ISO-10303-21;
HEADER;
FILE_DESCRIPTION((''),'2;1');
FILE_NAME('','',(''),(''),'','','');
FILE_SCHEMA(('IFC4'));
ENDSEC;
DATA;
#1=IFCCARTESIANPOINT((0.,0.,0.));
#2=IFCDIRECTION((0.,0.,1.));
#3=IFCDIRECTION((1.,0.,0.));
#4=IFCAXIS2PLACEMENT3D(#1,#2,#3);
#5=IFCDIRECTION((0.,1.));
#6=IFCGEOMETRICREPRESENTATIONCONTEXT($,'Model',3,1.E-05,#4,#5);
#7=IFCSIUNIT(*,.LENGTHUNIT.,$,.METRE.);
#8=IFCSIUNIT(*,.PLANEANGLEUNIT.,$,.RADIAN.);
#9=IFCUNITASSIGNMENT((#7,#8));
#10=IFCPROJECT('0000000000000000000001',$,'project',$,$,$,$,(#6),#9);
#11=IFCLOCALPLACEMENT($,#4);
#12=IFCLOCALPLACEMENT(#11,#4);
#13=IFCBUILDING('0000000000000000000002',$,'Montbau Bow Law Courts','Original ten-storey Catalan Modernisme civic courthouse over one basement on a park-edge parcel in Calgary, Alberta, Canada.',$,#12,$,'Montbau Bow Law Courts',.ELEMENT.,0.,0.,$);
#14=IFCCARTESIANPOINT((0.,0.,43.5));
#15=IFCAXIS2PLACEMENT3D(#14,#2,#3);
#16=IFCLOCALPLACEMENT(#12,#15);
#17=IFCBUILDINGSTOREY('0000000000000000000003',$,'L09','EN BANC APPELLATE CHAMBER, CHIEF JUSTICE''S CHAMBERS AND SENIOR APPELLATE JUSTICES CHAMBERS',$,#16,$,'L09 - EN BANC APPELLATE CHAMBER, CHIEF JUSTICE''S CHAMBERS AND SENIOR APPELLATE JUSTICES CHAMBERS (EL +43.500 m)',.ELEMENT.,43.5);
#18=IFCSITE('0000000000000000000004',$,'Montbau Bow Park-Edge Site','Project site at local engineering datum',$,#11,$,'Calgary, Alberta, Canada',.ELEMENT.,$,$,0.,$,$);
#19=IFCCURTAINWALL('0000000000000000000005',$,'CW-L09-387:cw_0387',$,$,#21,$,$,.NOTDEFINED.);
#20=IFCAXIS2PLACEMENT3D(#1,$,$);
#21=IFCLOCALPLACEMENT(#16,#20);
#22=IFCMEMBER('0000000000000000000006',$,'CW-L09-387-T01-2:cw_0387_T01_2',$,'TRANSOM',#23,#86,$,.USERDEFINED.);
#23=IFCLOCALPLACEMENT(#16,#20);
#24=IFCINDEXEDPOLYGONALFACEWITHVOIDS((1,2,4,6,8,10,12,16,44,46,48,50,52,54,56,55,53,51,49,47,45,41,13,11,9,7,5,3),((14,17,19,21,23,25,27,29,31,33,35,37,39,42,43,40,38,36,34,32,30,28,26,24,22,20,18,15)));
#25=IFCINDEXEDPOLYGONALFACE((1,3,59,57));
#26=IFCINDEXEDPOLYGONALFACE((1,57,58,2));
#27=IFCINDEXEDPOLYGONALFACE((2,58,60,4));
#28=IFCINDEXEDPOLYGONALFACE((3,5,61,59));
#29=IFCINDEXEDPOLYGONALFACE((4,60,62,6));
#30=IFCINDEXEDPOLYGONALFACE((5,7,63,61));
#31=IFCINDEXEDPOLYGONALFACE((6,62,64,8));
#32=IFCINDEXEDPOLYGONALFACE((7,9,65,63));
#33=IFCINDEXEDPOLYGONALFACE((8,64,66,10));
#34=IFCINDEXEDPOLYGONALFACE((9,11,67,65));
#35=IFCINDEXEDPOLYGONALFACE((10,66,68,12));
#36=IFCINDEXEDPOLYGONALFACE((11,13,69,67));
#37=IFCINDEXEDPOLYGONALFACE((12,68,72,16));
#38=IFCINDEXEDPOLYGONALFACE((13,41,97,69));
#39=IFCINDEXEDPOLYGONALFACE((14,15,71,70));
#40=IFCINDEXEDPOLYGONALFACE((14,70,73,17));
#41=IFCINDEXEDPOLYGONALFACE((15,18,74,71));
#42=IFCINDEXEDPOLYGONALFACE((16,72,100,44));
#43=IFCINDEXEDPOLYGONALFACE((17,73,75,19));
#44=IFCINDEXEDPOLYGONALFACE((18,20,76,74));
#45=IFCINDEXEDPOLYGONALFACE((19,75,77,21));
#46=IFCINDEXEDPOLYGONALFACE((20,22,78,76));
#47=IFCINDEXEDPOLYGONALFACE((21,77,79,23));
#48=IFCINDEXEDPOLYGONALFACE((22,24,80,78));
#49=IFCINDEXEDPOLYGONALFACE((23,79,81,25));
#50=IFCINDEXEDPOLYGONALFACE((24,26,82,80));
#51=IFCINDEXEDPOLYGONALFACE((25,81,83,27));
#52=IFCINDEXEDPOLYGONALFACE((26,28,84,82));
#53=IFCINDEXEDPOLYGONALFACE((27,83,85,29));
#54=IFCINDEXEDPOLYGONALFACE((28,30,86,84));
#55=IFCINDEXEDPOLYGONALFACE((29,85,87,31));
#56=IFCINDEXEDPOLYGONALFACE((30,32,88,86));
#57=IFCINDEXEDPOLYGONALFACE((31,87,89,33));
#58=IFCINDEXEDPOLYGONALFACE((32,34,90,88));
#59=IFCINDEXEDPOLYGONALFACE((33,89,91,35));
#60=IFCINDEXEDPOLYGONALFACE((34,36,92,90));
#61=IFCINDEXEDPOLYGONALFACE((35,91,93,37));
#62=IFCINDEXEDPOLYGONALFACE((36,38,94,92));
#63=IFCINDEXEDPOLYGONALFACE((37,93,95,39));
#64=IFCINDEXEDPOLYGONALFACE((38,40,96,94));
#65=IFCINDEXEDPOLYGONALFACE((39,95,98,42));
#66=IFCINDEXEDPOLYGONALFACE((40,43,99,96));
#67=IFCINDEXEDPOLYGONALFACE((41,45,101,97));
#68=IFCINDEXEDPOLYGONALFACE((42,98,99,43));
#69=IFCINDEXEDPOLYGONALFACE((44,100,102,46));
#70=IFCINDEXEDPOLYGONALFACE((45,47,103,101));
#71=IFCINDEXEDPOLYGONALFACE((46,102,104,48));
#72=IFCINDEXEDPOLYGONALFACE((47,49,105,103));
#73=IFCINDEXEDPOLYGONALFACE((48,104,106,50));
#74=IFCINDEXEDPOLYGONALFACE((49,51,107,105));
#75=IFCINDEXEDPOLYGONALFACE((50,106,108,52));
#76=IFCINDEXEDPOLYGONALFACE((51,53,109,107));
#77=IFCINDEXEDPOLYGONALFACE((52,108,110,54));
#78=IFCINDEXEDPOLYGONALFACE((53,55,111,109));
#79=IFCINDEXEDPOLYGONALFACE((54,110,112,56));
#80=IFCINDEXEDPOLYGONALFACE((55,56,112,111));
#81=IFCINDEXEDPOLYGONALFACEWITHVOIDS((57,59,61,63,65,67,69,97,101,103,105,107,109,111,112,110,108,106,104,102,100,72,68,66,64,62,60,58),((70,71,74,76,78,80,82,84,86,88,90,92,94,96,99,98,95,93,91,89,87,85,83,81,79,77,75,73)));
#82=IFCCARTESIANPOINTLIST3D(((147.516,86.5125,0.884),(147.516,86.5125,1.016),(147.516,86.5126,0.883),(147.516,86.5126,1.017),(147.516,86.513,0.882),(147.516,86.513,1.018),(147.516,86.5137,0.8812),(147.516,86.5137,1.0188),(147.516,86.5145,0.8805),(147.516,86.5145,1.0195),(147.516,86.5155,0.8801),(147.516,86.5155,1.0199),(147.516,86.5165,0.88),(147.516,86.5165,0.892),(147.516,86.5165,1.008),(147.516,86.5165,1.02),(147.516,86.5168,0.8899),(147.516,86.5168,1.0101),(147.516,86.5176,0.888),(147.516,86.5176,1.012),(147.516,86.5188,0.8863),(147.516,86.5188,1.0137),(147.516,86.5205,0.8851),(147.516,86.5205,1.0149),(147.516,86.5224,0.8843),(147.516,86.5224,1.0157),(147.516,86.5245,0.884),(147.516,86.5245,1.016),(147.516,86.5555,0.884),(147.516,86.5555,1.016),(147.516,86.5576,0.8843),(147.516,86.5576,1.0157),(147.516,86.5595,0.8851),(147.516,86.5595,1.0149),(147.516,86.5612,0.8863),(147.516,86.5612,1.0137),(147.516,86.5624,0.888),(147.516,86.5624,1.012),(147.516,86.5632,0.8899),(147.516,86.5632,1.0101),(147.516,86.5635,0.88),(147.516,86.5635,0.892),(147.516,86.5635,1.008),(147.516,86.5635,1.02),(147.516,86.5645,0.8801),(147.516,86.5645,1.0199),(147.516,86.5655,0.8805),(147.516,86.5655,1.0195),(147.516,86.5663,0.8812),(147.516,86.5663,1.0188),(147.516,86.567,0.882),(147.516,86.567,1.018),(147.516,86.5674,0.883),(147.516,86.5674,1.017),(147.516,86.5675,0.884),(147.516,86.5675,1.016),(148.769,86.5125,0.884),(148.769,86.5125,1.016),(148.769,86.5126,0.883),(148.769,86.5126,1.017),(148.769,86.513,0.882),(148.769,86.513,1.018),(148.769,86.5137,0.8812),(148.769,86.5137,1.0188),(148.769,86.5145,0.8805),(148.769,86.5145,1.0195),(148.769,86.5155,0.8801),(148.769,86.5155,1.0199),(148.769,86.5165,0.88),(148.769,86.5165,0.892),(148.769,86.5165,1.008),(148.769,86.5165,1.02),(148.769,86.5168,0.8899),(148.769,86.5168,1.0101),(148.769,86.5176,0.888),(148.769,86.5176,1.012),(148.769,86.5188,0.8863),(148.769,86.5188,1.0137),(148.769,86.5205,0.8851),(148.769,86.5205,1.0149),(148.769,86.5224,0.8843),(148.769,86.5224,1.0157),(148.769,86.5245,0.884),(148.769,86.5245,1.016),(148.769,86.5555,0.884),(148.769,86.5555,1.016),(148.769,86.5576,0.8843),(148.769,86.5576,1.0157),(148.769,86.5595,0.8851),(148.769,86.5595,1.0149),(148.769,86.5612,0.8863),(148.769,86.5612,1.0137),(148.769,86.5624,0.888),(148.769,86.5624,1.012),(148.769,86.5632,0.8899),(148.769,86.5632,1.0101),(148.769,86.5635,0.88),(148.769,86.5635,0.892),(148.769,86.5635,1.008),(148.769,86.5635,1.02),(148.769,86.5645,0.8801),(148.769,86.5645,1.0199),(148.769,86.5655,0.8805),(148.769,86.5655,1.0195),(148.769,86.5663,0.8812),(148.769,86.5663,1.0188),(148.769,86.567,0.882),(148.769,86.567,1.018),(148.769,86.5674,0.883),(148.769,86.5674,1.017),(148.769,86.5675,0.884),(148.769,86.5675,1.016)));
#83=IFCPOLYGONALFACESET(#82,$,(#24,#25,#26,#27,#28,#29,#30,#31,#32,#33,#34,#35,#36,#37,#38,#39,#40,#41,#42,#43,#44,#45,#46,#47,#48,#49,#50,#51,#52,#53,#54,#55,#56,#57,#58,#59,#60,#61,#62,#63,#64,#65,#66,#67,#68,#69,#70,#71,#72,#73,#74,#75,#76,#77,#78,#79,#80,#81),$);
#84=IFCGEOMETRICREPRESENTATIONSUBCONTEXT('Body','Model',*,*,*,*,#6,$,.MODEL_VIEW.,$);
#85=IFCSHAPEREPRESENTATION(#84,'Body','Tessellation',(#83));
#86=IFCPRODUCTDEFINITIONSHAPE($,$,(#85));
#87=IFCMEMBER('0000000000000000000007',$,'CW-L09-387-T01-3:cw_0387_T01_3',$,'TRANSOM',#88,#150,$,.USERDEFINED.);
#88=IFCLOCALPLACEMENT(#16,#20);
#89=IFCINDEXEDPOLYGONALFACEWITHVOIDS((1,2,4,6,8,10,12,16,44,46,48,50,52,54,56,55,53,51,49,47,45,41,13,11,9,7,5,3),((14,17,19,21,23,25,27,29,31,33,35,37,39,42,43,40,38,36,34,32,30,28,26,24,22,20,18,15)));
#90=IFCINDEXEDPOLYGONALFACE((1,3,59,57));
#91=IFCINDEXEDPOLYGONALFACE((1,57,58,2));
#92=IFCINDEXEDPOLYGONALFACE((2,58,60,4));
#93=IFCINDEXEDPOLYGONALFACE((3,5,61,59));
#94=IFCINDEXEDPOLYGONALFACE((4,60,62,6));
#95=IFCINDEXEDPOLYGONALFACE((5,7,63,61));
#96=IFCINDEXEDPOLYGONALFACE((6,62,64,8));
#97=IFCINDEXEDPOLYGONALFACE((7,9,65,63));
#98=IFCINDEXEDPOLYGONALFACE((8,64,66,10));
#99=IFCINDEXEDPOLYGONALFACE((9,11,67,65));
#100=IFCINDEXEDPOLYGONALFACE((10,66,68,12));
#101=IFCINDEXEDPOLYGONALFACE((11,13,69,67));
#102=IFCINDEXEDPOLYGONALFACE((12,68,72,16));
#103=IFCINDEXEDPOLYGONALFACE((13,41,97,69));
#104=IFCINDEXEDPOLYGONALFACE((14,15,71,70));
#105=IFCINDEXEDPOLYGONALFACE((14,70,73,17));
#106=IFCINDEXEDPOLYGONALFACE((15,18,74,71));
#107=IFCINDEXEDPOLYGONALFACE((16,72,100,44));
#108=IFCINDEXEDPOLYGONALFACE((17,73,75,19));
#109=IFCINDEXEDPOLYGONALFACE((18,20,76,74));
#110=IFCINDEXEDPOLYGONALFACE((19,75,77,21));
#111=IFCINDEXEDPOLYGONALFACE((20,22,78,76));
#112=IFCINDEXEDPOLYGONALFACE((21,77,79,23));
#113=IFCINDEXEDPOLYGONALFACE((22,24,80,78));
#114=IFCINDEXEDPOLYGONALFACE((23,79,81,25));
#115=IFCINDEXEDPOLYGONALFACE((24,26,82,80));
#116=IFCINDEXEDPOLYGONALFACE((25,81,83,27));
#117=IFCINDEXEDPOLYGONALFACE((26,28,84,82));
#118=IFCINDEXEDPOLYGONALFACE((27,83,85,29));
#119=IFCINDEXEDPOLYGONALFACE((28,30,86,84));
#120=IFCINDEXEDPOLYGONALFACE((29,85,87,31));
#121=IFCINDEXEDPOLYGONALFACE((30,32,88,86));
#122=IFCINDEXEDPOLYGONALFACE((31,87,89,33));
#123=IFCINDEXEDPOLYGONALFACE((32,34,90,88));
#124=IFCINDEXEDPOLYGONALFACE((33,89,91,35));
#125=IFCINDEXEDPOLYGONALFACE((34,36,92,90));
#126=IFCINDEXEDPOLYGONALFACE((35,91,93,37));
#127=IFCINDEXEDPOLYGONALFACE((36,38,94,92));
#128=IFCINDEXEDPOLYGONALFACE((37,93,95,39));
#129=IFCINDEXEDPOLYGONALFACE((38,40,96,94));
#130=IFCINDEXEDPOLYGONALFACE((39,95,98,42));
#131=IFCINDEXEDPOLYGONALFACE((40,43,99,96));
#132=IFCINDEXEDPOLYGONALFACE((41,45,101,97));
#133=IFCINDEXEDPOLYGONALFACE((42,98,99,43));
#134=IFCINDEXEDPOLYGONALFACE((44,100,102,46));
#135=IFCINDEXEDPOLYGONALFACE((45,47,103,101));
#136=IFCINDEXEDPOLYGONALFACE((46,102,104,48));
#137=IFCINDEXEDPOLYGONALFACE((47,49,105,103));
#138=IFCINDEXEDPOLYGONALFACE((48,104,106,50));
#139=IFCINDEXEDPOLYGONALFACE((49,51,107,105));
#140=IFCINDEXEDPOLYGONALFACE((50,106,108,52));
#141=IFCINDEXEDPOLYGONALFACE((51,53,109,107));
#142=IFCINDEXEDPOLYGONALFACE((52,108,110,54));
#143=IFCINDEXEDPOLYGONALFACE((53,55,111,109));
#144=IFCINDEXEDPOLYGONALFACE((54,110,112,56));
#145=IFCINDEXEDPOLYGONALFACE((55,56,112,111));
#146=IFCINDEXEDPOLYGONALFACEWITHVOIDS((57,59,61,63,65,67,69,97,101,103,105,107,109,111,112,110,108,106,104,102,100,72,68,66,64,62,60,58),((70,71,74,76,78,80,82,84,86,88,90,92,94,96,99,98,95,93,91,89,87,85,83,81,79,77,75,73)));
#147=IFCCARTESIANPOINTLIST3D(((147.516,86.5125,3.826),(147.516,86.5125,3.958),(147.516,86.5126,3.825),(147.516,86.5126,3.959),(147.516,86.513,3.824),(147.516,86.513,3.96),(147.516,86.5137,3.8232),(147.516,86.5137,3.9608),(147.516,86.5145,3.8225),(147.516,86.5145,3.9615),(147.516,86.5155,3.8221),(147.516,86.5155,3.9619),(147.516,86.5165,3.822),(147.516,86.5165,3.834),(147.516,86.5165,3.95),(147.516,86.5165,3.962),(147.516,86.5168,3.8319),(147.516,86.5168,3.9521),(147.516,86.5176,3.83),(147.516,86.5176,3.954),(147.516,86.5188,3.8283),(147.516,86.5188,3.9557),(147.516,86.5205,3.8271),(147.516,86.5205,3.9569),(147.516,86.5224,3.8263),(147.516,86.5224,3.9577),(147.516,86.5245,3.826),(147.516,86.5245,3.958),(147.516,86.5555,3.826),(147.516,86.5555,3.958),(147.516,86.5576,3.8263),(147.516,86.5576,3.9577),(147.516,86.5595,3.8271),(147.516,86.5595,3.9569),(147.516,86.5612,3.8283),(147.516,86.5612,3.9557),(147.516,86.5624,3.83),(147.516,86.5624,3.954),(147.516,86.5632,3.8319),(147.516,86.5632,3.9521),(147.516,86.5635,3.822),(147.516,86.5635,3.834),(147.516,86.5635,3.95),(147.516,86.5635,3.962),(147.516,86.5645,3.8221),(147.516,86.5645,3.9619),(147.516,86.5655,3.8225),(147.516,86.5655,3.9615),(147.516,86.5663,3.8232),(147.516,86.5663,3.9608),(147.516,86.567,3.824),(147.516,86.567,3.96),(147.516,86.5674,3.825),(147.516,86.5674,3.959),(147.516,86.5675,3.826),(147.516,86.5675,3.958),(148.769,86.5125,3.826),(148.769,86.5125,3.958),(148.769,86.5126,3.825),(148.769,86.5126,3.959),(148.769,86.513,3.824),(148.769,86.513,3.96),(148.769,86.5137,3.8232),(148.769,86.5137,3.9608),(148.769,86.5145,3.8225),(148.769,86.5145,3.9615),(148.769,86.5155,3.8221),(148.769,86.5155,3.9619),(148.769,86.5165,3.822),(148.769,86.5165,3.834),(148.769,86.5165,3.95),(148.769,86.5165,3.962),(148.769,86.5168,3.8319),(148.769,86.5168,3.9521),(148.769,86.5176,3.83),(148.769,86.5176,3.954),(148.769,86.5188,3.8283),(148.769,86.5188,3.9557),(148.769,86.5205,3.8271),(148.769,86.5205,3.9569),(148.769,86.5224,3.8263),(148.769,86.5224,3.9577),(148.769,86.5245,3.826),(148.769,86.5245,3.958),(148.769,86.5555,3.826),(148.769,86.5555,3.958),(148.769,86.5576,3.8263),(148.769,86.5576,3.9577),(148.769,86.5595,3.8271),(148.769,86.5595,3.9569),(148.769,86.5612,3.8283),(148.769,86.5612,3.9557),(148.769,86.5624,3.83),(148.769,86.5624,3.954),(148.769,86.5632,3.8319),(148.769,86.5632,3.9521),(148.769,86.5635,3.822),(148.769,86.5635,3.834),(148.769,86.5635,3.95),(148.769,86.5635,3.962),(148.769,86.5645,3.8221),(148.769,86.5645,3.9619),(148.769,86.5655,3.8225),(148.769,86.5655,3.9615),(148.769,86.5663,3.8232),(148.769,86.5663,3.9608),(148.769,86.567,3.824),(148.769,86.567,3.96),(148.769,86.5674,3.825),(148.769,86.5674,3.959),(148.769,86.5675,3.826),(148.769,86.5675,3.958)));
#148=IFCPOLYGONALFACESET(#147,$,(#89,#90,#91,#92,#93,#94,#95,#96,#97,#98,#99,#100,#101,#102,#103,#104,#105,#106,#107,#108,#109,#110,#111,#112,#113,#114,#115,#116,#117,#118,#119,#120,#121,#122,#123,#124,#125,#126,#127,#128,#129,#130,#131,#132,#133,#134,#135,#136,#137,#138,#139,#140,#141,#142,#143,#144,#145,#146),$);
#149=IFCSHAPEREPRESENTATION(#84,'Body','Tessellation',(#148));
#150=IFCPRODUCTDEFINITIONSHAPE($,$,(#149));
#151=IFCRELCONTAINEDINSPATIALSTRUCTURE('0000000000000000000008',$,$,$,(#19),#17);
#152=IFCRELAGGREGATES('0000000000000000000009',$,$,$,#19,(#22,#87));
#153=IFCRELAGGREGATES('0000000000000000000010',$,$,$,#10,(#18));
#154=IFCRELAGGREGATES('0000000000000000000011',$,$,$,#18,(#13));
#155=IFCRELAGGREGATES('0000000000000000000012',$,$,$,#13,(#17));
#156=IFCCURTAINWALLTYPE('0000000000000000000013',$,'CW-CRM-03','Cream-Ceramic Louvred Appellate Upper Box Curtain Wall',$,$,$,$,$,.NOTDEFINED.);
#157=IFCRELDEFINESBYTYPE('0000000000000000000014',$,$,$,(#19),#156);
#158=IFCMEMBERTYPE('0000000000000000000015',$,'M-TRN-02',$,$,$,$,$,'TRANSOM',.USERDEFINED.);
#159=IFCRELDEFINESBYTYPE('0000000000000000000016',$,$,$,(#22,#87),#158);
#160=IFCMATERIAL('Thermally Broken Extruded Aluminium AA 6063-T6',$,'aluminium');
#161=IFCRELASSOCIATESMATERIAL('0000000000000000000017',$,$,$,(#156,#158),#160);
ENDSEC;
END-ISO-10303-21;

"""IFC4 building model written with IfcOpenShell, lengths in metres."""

from ifc_helpers import new_model, si_unit, direction, frame, origin_with_axes, origin_2d_with_axis, place, context, subcontext, project, spatial, hollow_rectangle, extrude, material, material_profile, profile_set, type_object, element, aggregate, save


model = new_model("IFC4")

# Units and contexts
model_context = context("Model", 3, precision=1e-05, world=origin_with_axes(), true_north=direction((0.0, 1.0)))
body_context = subcontext(model_context, "Body", "Model", "MODEL_VIEW")
ifc_project = project(units=[si_unit("LENGTHUNIT", "METRE"), si_unit("PLANEANGLEUNIT", "RADIAN")], contexts=[model_context])

# Site, building, storey
site_placement = place(None, origin_with_axes())
site = spatial("IfcSite", under=ifc_project, at=site_placement, Name="Montbau Bow Park-Edge Site", Description="Project site at local engineering datum", LongName="Calgary, Alberta, Canada", CompositionType="ELEMENT", RefElevation=0.0)
building_placement = place(site_placement, origin_with_axes())
building = spatial("IfcBuilding", under=site, at=building_placement, Name="Montbau Bow Law Courts", Description="Original ten-storey Catalan Modernisme civic courthouse over one basement on a park-edge parcel in Calgary, Alberta, Canada.", LongName="Montbau Bow Law Courts", CompositionType="ELEMENT", ElevationOfRefHeight=0.0, ElevationOfTerrain=0.0)
storey_placement = place(building_placement, frame((0.0, 0.0, 43.5), z_axis=(0.0, 0.0, 1.0), x_axis=(1.0, 0.0, 0.0)))
storey = spatial("IfcBuildingStorey", under=building, at=storey_placement, Name="L09", Description="EN BANC APPELLATE CHAMBER, CHIEF JUSTICE'S CHAMBERS AND SENIOR APPELLATE JUSTICES CHAMBERS", LongName="L09 - EN BANC APPELLATE CHAMBER, CHIEF JUSTICE'S CHAMBERS AND SENIOR APPELLATE JUSTICES CHAMBERS (EL +43.500 m)", CompositionType="ELEMENT", Elevation=43.5)

# Curtain wall
ifc_material_1 = material(Name="Thermally Broken Extruded Aluminium AA 6063-T6", Category="aluminium")
curtain_wall_type = type_object("IfcCurtainWallType", Name="CW-CRM-03", Description="Cream-Ceramic Louvred Appellate Upper Box Curtain Wall", PredefinedType="NOTDEFINED", material=ifc_material_1)
curtain_wall_1_placement = place(None, frame((147.44, 86.54, 43.5), z_axis=(0.0, 0.0, 1.0), x_axis=(1.0, 0.0, 0.0)))
curtain_wall_1 = element("IfcCurtainWall", 1, at=curtain_wall_1_placement, inside=storey, type_object=curtain_wall_type, Name="CW-L09-387:cw_0387", PredefinedType="NOTDEFINED")

# Members
ifc_material_profile_1 = material_profile(ifc_material_1, hollow_rectangle(XDim=0.055, YDim=0.14, WallThickness=0.004, InnerFilletRadius=0.008, OuterFilletRadius=0.004, at=origin_2d_with_axis()), Name="CWT-140X55", Category="Main", Priority=0)
ifc_profile_set_1 = profile_set([ifc_material_profile_1], Name="Thermally Broken Extruded Aluminium AA 6063-T6")
member_type_1 = type_object("IfcMemberType", Name="M-TRN-02", ElementType="TRANSOM", PredefinedType="USERDEFINED", material=ifc_profile_set_1)
member_1_placement = place(None, frame((147.516, 86.54, 44.45), z_axis=(1.0, 0.0, 0.0), x_axis=(0.0, 1.0, 0.0)))
member_1 = element("IfcMember", 2, at=member_1_placement, type_object=member_type_1, Name="CW-L09-387-T01-2:cw_0387_T01_2", ObjectType="TRANSOM", PredefinedType="USERDEFINED", context=body_context, shape_type="SweptSolid", body=[
    extrude(hollow_rectangle(XDim=0.055, YDim=0.14, WallThickness=0.004, InnerFilletRadius=0.008, OuterFilletRadius=0.004, at=origin_2d_with_axis()), origin_with_axes(), (0.0, 0.0, 1.0), 1.253),
])
member_2_placement = place(None, frame((147.516, 86.54, 47.392), z_axis=(1.0, 0.0, 0.0), x_axis=(0.0, 1.0, 0.0)))
member_2 = element("IfcMember", 3, at=member_2_placement, type_object=member_type_1, Name="CW-L09-387-T01-3:cw_0387_T01_3", ObjectType="TRANSOM", PredefinedType="USERDEFINED", context=body_context, shape_type="SweptSolid", body=[
    extrude(hollow_rectangle(XDim=0.055, YDim=0.14, WallThickness=0.004, InnerFilletRadius=0.008, OuterFilletRadius=0.004, at=origin_2d_with_axis()), origin_with_axes(), (0.0, 0.0, 1.0), 1.253),
])

aggregate(curtain_wall_1, [member_1, member_2])

save(model, "model.ifc")
